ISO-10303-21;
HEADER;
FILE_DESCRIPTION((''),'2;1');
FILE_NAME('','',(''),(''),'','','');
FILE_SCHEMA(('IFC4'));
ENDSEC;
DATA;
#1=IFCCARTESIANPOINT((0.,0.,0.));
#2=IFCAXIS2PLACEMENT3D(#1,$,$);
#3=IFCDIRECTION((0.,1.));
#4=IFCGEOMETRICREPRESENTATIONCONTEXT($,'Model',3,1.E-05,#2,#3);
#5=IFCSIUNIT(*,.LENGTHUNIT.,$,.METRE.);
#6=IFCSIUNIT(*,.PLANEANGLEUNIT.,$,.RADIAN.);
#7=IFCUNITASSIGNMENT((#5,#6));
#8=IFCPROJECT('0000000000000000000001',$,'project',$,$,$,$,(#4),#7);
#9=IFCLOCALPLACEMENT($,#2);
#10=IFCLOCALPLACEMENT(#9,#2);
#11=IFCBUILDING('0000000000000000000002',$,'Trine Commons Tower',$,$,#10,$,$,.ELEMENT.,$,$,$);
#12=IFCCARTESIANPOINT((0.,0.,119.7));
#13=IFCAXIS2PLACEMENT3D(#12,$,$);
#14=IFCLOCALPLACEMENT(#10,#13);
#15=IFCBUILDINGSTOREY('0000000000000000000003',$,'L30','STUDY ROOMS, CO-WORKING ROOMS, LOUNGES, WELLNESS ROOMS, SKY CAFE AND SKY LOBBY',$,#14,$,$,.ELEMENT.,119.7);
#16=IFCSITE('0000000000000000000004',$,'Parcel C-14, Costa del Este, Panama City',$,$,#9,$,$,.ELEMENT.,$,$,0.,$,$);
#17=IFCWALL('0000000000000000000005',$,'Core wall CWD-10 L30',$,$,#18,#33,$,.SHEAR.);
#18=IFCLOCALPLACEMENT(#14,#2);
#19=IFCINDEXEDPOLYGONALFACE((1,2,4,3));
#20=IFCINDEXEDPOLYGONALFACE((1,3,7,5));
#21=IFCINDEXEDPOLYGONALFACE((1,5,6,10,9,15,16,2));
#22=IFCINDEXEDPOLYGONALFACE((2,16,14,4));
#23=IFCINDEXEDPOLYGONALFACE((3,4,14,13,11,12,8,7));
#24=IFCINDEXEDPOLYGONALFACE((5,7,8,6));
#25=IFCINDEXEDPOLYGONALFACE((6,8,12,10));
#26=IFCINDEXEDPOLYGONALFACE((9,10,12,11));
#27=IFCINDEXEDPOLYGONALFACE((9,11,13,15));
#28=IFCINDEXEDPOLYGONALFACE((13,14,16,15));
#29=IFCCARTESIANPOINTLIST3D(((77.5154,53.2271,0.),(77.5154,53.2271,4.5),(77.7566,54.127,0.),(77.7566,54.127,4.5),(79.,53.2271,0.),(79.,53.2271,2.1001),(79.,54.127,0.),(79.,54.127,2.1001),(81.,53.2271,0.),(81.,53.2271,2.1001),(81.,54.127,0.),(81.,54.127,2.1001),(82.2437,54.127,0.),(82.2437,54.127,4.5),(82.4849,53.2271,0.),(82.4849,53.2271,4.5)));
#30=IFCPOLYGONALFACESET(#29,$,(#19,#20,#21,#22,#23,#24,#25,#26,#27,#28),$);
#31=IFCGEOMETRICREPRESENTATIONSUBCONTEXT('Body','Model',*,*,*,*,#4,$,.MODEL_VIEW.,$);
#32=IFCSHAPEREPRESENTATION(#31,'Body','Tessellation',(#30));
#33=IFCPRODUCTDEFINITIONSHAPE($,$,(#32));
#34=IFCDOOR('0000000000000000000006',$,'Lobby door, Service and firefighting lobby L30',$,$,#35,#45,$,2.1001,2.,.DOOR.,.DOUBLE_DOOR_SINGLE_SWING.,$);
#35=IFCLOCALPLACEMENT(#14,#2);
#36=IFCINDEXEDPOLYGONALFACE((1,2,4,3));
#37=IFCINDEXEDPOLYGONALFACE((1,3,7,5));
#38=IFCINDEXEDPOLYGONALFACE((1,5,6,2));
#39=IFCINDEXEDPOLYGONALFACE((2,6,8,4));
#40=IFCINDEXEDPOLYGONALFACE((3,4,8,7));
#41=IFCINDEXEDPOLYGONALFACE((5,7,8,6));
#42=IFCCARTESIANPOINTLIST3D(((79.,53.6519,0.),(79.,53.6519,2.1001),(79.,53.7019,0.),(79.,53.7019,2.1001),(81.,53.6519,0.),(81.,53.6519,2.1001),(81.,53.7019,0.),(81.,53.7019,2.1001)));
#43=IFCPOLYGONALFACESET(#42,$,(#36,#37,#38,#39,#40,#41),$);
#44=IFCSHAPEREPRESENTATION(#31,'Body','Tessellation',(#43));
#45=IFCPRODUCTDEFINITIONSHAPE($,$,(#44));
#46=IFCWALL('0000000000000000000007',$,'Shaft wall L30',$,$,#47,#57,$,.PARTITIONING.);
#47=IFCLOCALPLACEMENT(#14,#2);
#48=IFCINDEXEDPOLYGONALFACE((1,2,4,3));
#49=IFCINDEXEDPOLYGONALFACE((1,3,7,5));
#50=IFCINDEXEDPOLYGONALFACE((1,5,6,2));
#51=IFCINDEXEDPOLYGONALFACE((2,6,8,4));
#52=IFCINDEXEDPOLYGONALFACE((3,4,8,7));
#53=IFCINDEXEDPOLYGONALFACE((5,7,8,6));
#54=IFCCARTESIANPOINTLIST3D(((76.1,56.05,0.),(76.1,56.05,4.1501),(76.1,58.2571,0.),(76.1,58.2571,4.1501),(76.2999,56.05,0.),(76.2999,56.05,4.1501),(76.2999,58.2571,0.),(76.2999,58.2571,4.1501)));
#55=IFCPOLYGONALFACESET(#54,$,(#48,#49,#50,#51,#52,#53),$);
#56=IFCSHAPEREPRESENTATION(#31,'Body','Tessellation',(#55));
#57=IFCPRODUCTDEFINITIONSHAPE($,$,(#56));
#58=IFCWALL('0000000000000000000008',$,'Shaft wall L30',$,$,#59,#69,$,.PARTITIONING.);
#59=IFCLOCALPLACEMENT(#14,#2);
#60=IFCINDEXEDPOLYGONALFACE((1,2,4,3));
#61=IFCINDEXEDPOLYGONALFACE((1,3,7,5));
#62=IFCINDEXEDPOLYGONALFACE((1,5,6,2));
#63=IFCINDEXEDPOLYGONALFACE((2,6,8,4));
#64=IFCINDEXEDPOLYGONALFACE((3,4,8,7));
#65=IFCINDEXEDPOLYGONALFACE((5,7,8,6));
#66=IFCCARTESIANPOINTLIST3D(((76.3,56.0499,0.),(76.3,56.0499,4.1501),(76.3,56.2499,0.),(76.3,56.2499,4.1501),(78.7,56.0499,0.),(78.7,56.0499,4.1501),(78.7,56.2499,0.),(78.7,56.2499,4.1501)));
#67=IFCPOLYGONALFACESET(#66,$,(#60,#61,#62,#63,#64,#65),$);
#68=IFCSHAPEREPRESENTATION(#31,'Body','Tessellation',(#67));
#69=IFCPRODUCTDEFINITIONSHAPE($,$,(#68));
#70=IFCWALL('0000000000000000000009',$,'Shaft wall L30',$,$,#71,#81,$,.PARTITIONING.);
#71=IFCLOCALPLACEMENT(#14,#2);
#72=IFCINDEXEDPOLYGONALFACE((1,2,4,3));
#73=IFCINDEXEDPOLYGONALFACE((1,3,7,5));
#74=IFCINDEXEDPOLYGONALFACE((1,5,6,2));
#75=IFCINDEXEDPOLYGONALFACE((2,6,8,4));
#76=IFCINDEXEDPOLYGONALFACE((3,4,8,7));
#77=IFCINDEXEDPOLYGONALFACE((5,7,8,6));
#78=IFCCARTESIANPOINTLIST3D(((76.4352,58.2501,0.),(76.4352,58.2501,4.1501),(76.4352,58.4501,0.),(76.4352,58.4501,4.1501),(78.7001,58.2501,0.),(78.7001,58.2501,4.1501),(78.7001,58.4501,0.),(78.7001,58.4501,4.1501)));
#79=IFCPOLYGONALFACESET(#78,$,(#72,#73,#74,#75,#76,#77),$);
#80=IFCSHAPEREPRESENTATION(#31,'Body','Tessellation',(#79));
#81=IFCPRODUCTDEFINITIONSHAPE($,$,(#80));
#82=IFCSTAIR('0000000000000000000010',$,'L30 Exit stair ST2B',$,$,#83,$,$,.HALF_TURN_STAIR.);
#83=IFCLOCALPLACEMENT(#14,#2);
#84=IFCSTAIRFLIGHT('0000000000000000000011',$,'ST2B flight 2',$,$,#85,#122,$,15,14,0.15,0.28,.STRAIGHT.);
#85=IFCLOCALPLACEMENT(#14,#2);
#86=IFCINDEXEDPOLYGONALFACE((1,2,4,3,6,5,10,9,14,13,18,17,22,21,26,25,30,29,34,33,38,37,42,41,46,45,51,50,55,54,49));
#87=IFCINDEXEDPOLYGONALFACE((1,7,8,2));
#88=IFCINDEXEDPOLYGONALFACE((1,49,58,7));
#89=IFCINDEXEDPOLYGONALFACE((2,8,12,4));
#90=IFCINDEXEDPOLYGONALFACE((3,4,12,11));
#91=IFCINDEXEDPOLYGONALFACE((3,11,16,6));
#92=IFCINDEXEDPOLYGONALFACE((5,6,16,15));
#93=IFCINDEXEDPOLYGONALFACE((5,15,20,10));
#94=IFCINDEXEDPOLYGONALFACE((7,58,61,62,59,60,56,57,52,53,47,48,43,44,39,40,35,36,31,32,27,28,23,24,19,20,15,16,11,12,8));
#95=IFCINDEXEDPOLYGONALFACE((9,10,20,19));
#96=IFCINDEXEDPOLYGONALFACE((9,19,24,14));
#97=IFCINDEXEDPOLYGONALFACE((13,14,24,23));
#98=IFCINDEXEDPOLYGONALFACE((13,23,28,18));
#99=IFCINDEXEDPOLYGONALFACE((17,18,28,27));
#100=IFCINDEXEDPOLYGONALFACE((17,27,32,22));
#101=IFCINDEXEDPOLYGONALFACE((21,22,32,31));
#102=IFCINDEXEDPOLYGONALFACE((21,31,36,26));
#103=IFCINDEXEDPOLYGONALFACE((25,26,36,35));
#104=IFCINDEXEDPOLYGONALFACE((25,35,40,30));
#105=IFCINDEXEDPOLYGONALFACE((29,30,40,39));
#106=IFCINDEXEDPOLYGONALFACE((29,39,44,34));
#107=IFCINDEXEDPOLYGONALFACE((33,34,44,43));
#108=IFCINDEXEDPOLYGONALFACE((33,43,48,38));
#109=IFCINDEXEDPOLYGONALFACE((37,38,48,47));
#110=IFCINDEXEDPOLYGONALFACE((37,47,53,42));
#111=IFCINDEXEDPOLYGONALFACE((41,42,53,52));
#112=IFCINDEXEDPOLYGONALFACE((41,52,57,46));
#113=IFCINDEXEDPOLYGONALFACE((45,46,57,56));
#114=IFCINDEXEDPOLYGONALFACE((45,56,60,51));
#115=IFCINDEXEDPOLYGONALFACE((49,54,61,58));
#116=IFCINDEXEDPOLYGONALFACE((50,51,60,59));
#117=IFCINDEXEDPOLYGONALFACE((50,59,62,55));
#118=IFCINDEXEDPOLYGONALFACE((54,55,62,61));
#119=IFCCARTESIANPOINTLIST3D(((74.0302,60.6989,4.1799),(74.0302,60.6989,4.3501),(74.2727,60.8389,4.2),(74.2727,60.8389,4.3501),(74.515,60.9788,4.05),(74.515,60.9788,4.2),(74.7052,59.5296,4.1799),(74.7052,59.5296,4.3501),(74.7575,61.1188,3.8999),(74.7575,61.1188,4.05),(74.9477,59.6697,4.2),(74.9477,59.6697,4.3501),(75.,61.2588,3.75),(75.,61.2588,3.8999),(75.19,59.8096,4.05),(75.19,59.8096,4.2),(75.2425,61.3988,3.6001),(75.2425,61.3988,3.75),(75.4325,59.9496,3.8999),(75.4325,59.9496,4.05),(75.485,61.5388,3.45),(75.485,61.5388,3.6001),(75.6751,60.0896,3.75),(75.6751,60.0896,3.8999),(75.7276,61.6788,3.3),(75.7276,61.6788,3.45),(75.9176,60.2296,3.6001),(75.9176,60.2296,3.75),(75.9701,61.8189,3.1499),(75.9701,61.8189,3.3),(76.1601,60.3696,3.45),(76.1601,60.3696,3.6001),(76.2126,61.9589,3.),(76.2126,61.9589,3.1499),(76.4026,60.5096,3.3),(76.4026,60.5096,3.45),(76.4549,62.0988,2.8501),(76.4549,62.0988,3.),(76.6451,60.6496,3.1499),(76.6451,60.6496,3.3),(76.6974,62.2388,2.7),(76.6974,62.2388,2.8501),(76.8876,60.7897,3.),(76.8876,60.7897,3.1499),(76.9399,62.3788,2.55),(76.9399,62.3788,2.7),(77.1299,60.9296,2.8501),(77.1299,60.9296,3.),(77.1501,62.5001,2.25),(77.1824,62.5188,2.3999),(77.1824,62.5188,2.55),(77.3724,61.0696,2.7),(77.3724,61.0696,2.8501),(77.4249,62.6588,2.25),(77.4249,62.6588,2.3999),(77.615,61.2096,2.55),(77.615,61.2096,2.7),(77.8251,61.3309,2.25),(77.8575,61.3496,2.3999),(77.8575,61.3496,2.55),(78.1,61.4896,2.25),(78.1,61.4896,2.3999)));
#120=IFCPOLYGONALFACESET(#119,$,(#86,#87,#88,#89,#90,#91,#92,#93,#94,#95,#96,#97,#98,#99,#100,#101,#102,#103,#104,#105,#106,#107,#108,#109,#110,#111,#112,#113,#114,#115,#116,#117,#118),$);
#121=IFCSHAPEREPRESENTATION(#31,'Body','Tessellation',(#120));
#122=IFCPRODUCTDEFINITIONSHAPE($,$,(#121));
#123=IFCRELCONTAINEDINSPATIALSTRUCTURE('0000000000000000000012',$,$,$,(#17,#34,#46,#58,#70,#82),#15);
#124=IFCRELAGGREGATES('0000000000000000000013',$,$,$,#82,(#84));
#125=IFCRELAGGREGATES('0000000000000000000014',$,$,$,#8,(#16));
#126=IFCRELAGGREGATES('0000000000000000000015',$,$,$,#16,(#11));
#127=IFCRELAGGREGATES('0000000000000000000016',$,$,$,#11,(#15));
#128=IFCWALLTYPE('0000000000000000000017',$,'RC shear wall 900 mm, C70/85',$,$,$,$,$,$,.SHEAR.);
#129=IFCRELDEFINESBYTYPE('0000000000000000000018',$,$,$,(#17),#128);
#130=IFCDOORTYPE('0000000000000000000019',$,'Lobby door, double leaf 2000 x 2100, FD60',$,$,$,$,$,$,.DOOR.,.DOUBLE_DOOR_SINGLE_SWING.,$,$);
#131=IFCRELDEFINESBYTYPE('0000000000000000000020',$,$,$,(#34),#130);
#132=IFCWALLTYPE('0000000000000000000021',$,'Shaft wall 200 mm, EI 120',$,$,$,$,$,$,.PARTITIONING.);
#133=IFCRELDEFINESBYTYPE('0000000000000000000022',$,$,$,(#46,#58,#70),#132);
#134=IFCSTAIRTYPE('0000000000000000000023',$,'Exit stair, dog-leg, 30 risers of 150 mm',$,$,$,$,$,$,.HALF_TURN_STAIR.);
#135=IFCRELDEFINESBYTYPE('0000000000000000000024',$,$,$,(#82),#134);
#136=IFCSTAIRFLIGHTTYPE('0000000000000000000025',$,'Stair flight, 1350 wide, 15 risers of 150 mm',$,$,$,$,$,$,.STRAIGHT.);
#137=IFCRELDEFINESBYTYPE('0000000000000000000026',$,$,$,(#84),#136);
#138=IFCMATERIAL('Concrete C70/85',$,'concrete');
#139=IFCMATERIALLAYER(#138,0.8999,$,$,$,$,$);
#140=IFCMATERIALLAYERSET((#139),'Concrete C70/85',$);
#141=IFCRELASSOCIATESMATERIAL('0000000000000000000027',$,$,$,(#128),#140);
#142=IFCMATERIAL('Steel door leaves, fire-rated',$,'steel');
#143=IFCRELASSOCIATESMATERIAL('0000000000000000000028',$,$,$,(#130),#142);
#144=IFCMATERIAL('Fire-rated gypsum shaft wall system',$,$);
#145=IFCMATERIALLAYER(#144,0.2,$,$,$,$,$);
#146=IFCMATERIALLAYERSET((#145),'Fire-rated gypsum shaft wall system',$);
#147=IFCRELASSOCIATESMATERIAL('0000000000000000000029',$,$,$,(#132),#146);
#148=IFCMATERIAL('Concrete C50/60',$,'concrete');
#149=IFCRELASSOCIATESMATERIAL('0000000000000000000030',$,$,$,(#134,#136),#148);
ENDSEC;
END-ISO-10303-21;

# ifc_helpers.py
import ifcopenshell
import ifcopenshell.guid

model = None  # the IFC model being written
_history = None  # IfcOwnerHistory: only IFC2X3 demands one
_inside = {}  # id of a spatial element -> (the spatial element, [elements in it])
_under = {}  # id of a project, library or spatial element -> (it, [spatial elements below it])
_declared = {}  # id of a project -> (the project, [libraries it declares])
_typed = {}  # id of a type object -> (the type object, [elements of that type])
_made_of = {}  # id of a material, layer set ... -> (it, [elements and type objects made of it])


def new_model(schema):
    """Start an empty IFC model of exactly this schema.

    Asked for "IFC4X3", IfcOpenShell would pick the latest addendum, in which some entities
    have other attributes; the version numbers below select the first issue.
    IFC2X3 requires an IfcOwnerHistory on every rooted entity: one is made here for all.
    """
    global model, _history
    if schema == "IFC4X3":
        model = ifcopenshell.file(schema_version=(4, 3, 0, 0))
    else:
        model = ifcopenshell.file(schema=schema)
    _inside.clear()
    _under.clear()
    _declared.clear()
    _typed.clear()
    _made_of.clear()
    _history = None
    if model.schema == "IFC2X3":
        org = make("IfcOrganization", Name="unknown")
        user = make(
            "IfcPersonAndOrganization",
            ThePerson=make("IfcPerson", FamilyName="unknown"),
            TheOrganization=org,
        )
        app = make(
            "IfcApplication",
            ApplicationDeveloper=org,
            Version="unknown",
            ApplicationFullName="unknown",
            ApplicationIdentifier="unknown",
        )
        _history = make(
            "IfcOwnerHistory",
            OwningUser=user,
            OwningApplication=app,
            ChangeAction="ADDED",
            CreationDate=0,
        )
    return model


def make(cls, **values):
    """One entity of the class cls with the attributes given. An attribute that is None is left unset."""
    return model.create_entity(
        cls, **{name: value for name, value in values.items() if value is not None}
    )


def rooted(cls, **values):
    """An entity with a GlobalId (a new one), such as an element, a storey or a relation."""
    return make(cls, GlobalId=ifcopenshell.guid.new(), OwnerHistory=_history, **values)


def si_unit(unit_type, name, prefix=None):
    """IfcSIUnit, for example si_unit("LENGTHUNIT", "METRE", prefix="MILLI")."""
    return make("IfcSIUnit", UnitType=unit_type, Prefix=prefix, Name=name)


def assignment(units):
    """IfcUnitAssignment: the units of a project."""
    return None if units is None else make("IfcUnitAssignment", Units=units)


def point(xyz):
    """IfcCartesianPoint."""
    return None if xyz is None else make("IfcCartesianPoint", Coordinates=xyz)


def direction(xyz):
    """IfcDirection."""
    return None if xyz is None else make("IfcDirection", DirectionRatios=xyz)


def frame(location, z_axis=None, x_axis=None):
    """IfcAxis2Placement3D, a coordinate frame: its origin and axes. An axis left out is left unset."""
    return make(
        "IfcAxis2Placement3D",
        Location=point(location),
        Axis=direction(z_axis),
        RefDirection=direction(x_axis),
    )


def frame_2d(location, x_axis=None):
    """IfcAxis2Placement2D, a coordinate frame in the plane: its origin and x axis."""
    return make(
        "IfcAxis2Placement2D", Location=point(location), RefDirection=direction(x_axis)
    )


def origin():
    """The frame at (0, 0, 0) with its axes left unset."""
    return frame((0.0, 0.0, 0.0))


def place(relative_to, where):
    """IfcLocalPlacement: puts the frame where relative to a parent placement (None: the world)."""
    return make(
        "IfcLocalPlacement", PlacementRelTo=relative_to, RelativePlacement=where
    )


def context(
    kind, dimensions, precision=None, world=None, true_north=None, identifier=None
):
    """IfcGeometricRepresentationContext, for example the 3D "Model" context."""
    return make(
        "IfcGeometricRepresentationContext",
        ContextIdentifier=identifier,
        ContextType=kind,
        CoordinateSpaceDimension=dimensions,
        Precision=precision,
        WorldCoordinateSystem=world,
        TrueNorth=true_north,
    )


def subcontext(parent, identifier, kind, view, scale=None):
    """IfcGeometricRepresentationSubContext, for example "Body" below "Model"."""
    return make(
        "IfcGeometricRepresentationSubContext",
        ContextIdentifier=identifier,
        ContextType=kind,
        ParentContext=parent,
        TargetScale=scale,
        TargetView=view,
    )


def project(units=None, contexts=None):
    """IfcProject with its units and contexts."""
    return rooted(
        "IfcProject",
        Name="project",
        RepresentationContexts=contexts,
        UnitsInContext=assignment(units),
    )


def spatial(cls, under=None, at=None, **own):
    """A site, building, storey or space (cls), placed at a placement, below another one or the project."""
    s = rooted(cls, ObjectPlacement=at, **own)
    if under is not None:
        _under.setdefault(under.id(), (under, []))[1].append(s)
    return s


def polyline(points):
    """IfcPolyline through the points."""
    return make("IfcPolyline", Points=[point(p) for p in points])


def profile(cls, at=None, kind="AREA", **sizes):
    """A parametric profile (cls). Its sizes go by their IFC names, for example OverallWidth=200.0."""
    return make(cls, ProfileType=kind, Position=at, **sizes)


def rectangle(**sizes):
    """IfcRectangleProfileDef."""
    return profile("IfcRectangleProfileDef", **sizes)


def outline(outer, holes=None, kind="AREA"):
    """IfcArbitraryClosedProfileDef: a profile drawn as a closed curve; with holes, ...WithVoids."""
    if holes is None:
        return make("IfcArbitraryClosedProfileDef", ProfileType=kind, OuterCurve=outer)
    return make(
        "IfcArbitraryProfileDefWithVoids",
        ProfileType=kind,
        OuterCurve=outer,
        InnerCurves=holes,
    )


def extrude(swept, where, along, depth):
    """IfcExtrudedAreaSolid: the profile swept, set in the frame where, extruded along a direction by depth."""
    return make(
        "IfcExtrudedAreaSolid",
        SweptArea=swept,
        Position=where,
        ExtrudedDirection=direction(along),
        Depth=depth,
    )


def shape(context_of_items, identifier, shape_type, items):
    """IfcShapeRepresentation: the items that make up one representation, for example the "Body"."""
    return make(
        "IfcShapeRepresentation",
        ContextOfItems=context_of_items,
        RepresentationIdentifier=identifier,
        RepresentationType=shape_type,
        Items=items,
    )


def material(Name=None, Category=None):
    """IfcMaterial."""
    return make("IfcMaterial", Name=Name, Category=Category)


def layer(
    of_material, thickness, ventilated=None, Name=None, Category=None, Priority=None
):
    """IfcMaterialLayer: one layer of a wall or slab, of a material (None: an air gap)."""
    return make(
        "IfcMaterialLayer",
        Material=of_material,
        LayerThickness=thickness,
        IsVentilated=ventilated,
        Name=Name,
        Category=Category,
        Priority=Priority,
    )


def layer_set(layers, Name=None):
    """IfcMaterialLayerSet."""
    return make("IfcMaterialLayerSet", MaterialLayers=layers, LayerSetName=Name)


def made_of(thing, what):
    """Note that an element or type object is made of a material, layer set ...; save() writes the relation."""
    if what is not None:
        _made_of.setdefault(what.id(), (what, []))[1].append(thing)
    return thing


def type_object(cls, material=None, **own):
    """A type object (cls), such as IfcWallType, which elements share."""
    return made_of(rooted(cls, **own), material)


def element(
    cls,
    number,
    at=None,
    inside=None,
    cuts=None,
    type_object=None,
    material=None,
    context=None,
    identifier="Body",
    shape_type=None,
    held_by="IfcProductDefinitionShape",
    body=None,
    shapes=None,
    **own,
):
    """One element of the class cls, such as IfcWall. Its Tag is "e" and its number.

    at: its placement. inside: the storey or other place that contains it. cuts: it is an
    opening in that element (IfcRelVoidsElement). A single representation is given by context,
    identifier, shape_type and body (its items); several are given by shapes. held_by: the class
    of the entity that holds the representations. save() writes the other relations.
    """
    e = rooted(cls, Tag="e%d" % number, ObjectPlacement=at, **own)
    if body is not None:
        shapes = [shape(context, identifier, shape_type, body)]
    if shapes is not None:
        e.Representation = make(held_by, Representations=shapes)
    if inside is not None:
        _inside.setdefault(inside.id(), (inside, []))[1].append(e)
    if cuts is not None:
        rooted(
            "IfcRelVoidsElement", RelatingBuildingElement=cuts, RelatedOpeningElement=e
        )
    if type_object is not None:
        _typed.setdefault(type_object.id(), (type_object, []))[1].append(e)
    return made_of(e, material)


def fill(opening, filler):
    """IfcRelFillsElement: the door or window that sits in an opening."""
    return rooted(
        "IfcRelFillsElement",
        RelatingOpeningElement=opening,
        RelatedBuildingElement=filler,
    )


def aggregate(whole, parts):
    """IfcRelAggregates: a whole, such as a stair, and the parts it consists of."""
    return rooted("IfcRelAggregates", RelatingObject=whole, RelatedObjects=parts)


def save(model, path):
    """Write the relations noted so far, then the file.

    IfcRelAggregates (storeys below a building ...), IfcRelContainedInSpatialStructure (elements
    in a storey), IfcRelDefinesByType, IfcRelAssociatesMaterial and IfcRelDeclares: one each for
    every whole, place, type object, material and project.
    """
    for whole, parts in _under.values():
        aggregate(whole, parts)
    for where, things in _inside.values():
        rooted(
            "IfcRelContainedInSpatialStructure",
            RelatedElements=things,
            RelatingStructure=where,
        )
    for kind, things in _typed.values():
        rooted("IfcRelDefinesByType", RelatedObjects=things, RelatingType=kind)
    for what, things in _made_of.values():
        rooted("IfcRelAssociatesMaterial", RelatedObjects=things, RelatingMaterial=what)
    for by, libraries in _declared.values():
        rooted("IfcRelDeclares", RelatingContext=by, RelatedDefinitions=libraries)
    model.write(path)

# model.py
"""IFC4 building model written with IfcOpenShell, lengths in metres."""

from ifc_helpers import new_model, si_unit, direction, frame, frame_2d, origin, place, context, subcontext, project, spatial, polyline, rectangle, outline, extrude, material, layer, layer_set, type_object, element, fill, aggregate, save


model = new_model("IFC4")

# Units and contexts
model_context = context("Model", 3, precision=1e-05, world=origin(), true_north=direction((0.0, 1.0)))
body_context = subcontext(model_context, "Body", "Model", "MODEL_VIEW")
ifc_project = project(units=[si_unit("LENGTHUNIT", "METRE"), si_unit("PLANEANGLEUNIT", "RADIAN")], contexts=[model_context])

# Site, building, storey
site_placement = place(None, origin())
site = spatial("IfcSite", under=ifc_project, at=site_placement, Name="Parcel C-14, Costa del Este, Panama City", CompositionType="ELEMENT", RefElevation=0.0)
building_placement = place(site_placement, origin())
building = spatial("IfcBuilding", under=site, at=building_placement, Name="Trine Commons Tower", CompositionType="ELEMENT")
storey_placement = place(building_placement, frame((0.0, 0.0, 119.7)))
storey = spatial("IfcBuildingStorey", under=building, at=storey_placement, Name="L30", Description="STUDY ROOMS, CO-WORKING ROOMS, LOUNGES, WELLNESS ROOMS, SKY CAFE AND SKY LOBBY", CompositionType="ELEMENT", Elevation=119.7)

# Shared definitions
ifc_material_1 = material(Name="Fire-rated gypsum shaft wall system")
ifc_material_2 = material(Name="Concrete C70/85", Category="concrete")

# Wall, opening, door
ifc_layer_1 = layer(ifc_material_2, 0.8999)
ifc_layer_set_1 = layer_set([ifc_layer_1], Name="Concrete C70/85")
wall_type_1 = type_object("IfcWallType", Name="RC shear wall 900 mm, C70/85", PredefinedType="SHEAR", material=ifc_layer_set_1)
wall_1_placement = place(storey_placement, frame((77.5154, 53.677, 0.0), z_axis=(0.0, 0.0, 1.0), x_axis=(1.0, 0.0, 0.0)))
wall_1 = element("IfcWall", 1, at=wall_1_placement, inside=storey, type_object=wall_type_1, Name="Core wall CWD-10 L30", PredefinedType="SHEAR", context=body_context, shape_type="SweptSolid", body=[
    extrude(outline(polyline([(0.0, -0.45), (4.9695, -0.45), (4.7283, 0.45), (0.2412, 0.45), (0.0, -0.45)])), origin(), (0.0, 0.0, 1.0), 4.5),
])
opening_1_placement = place(wall_1_placement, frame((1.4846, 0.0, 0.0)))
opening_1 = element("IfcOpeningElement", 2, at=opening_1_placement, cuts=wall_1, PredefinedType="OPENING", context=body_context, shape_type="SweptSolid", body=[
    extrude(rectangle(XDim=2.0, YDim=2.1001, at=frame_2d((1.0, 1.05))), frame((0.0, 0.46, 0.0), z_axis=(0.0, -1.0, 0.0), x_axis=(1.0, 0.0, 0.0)), (0.0, 0.0, 1.0), 0.9199),
])
ifc_material_3 = material(Name="Steel door leaves, fire-rated", Category="steel")
door_type_1 = type_object("IfcDoorType", Name="Lobby door, double leaf 2000 x 2100, FD60", OperationType="DOUBLE_DOOR_SINGLE_SWING", PredefinedType="DOOR", material=ifc_material_3)
door_1_placement = place(opening_1_placement, origin())
door_1 = element("IfcDoor", 3, at=door_1_placement, inside=storey, type_object=door_type_1, Name="Lobby door, Service and firefighting lobby L30", OperationType="DOUBLE_DOOR_SINGLE_SWING", OverallHeight=2.1001, OverallWidth=2.0, PredefinedType="DOOR", context=body_context, shape_type="SweptSolid", body=[
    extrude(rectangle(XDim=2.0, YDim=2.1001, at=frame_2d((1.0, 1.05))), frame((0.0, 0.0249, 0.0), z_axis=(0.0, -1.0, 0.0), x_axis=(1.0, 0.0, 0.0)), (0.0, 0.0, 1.0), 0.05),
])
fill(opening_1, door_1)

# Walls
ifc_layer_2 = layer(ifc_material_1, 0.2)
ifc_layer_set_2 = layer_set([ifc_layer_2], Name="Fire-rated gypsum shaft wall system")
wall_type_2 = type_object("IfcWallType", Name="Shaft wall 200 mm, EI 120", PredefinedType="PARTITIONING", material=ifc_layer_set_2)
wall_2_placement = place(storey_placement, frame((76.2, 58.2571, 0.0), z_axis=(0.0, 0.0, 1.0), x_axis=(0.0, -1.0, 0.0)))
element("IfcWall", 4, at=wall_2_placement, inside=storey, type_object=wall_type_2, Name="Shaft wall L30", PredefinedType="PARTITIONING", context=body_context, shape_type="SweptSolid", body=[
    extrude(rectangle(XDim=2.207, YDim=0.2, at=frame_2d((1.1035, 0.0))), origin(), (0.0, 0.0, 1.0), 4.1501),
])
wall_3_placement = place(storey_placement, frame((78.7, 56.1499, 0.0), z_axis=(0.0, 0.0, 1.0), x_axis=(-1.0, 0.0, 0.0)))
element("IfcWall", 5, at=wall_3_placement, inside=storey, type_object=wall_type_2, Name="Shaft wall L30", PredefinedType="PARTITIONING", context=body_context, shape_type="SweptSolid", body=[
    extrude(rectangle(XDim=2.3999, YDim=0.2, at=frame_2d((1.2, 0.0))), origin(), (0.0, 0.0, 1.0), 4.1501),
])
wall_4_placement = place(storey_placement, frame((78.7, 58.3501, 0.0), z_axis=(0.0, 0.0, 1.0), x_axis=(-1.0, 0.0, 0.0)))
element("IfcWall", 6, at=wall_4_placement, inside=storey, type_object=wall_type_2, Name="Shaft wall L30", PredefinedType="PARTITIONING", context=body_context, shape_type="SweptSolid", body=[
    extrude(rectangle(XDim=2.2649, YDim=0.2, at=frame_2d((1.1323, 0.0))), origin(), (0.0, 0.0, 1.0), 4.1501),
])

# Stair, stair flight
ifc_material_4 = material(Name="Concrete C50/60", Category="concrete")
stair_type = type_object("IfcStairType", Name="Exit stair, dog-leg, 30 risers of 150 mm", PredefinedType="HALF_TURN_STAIR", material=ifc_material_4)
stair_placement = place(storey_placement, origin())
stair = element("IfcStair", 7, at=stair_placement, inside=storey, type_object=stair_type, Name="L30 Exit stair ST2B", PredefinedType="HALF_TURN_STAIR")
stair_flight_type = type_object("IfcStairFlightType", Name="Stair flight, 1350 wide, 15 risers of 150 mm", PredefinedType="STRAIGHT", material=ifc_material_4)
stair_flight_placement = place(storey_placement, frame((77.7625, 62.0742, 2.25), z_axis=(0.0, 0.0, 1.0), x_axis=(-0.866025, -0.5, 0.0)))
stair_flight = element("IfcStairFlight", 8, at=stair_flight_placement, type_object=stair_flight_type, Name="ST2B flight 2", NumberOfRisers=15, NumberOfTreads=14, PredefinedType="STRAIGHT", RiserHeight=0.15, TreadLength=0.28, context=body_context, shape_type="SweptSolid", body=[
    extrude(outline(polyline([(0.0, 0.0), (0.0, 0.1499), (0.28, 0.1499), (0.28, 0.3), (0.5601, 0.3), (0.5601, 0.45), (0.8401, 0.45), (0.8401, 0.6001), (1.1201, 0.6001), (1.1201, 0.75), (1.3999, 0.75), (1.3999, 0.8999), (1.6799, 0.8999), (1.6799, 1.05), (1.96, 1.05), (1.96, 1.2), (2.24, 1.2), (2.24, 1.3501), (2.52, 1.3501), (2.52, 1.5), (2.8, 1.5), (2.8, 1.6499), (3.0801, 1.6499), (3.0801, 1.8), (3.3601, 1.8), (3.3601, 1.95), (3.6399, 1.95), (3.6399, 2.1001), (3.9199, 2.1001), (3.9199, 2.25), (3.9199, 1.9299), (0.3174, 0.0), (0.0, 0.0)])), frame((0.0, 0.675, 0.0), z_axis=(0.0, -1.0, 0.0), x_axis=(1.0, 0.0, 0.0)), (0.0, 0.0, 1.0), 1.3501),
])
aggregate(stair, [stair_flight])

save(model, "model.ifc")
